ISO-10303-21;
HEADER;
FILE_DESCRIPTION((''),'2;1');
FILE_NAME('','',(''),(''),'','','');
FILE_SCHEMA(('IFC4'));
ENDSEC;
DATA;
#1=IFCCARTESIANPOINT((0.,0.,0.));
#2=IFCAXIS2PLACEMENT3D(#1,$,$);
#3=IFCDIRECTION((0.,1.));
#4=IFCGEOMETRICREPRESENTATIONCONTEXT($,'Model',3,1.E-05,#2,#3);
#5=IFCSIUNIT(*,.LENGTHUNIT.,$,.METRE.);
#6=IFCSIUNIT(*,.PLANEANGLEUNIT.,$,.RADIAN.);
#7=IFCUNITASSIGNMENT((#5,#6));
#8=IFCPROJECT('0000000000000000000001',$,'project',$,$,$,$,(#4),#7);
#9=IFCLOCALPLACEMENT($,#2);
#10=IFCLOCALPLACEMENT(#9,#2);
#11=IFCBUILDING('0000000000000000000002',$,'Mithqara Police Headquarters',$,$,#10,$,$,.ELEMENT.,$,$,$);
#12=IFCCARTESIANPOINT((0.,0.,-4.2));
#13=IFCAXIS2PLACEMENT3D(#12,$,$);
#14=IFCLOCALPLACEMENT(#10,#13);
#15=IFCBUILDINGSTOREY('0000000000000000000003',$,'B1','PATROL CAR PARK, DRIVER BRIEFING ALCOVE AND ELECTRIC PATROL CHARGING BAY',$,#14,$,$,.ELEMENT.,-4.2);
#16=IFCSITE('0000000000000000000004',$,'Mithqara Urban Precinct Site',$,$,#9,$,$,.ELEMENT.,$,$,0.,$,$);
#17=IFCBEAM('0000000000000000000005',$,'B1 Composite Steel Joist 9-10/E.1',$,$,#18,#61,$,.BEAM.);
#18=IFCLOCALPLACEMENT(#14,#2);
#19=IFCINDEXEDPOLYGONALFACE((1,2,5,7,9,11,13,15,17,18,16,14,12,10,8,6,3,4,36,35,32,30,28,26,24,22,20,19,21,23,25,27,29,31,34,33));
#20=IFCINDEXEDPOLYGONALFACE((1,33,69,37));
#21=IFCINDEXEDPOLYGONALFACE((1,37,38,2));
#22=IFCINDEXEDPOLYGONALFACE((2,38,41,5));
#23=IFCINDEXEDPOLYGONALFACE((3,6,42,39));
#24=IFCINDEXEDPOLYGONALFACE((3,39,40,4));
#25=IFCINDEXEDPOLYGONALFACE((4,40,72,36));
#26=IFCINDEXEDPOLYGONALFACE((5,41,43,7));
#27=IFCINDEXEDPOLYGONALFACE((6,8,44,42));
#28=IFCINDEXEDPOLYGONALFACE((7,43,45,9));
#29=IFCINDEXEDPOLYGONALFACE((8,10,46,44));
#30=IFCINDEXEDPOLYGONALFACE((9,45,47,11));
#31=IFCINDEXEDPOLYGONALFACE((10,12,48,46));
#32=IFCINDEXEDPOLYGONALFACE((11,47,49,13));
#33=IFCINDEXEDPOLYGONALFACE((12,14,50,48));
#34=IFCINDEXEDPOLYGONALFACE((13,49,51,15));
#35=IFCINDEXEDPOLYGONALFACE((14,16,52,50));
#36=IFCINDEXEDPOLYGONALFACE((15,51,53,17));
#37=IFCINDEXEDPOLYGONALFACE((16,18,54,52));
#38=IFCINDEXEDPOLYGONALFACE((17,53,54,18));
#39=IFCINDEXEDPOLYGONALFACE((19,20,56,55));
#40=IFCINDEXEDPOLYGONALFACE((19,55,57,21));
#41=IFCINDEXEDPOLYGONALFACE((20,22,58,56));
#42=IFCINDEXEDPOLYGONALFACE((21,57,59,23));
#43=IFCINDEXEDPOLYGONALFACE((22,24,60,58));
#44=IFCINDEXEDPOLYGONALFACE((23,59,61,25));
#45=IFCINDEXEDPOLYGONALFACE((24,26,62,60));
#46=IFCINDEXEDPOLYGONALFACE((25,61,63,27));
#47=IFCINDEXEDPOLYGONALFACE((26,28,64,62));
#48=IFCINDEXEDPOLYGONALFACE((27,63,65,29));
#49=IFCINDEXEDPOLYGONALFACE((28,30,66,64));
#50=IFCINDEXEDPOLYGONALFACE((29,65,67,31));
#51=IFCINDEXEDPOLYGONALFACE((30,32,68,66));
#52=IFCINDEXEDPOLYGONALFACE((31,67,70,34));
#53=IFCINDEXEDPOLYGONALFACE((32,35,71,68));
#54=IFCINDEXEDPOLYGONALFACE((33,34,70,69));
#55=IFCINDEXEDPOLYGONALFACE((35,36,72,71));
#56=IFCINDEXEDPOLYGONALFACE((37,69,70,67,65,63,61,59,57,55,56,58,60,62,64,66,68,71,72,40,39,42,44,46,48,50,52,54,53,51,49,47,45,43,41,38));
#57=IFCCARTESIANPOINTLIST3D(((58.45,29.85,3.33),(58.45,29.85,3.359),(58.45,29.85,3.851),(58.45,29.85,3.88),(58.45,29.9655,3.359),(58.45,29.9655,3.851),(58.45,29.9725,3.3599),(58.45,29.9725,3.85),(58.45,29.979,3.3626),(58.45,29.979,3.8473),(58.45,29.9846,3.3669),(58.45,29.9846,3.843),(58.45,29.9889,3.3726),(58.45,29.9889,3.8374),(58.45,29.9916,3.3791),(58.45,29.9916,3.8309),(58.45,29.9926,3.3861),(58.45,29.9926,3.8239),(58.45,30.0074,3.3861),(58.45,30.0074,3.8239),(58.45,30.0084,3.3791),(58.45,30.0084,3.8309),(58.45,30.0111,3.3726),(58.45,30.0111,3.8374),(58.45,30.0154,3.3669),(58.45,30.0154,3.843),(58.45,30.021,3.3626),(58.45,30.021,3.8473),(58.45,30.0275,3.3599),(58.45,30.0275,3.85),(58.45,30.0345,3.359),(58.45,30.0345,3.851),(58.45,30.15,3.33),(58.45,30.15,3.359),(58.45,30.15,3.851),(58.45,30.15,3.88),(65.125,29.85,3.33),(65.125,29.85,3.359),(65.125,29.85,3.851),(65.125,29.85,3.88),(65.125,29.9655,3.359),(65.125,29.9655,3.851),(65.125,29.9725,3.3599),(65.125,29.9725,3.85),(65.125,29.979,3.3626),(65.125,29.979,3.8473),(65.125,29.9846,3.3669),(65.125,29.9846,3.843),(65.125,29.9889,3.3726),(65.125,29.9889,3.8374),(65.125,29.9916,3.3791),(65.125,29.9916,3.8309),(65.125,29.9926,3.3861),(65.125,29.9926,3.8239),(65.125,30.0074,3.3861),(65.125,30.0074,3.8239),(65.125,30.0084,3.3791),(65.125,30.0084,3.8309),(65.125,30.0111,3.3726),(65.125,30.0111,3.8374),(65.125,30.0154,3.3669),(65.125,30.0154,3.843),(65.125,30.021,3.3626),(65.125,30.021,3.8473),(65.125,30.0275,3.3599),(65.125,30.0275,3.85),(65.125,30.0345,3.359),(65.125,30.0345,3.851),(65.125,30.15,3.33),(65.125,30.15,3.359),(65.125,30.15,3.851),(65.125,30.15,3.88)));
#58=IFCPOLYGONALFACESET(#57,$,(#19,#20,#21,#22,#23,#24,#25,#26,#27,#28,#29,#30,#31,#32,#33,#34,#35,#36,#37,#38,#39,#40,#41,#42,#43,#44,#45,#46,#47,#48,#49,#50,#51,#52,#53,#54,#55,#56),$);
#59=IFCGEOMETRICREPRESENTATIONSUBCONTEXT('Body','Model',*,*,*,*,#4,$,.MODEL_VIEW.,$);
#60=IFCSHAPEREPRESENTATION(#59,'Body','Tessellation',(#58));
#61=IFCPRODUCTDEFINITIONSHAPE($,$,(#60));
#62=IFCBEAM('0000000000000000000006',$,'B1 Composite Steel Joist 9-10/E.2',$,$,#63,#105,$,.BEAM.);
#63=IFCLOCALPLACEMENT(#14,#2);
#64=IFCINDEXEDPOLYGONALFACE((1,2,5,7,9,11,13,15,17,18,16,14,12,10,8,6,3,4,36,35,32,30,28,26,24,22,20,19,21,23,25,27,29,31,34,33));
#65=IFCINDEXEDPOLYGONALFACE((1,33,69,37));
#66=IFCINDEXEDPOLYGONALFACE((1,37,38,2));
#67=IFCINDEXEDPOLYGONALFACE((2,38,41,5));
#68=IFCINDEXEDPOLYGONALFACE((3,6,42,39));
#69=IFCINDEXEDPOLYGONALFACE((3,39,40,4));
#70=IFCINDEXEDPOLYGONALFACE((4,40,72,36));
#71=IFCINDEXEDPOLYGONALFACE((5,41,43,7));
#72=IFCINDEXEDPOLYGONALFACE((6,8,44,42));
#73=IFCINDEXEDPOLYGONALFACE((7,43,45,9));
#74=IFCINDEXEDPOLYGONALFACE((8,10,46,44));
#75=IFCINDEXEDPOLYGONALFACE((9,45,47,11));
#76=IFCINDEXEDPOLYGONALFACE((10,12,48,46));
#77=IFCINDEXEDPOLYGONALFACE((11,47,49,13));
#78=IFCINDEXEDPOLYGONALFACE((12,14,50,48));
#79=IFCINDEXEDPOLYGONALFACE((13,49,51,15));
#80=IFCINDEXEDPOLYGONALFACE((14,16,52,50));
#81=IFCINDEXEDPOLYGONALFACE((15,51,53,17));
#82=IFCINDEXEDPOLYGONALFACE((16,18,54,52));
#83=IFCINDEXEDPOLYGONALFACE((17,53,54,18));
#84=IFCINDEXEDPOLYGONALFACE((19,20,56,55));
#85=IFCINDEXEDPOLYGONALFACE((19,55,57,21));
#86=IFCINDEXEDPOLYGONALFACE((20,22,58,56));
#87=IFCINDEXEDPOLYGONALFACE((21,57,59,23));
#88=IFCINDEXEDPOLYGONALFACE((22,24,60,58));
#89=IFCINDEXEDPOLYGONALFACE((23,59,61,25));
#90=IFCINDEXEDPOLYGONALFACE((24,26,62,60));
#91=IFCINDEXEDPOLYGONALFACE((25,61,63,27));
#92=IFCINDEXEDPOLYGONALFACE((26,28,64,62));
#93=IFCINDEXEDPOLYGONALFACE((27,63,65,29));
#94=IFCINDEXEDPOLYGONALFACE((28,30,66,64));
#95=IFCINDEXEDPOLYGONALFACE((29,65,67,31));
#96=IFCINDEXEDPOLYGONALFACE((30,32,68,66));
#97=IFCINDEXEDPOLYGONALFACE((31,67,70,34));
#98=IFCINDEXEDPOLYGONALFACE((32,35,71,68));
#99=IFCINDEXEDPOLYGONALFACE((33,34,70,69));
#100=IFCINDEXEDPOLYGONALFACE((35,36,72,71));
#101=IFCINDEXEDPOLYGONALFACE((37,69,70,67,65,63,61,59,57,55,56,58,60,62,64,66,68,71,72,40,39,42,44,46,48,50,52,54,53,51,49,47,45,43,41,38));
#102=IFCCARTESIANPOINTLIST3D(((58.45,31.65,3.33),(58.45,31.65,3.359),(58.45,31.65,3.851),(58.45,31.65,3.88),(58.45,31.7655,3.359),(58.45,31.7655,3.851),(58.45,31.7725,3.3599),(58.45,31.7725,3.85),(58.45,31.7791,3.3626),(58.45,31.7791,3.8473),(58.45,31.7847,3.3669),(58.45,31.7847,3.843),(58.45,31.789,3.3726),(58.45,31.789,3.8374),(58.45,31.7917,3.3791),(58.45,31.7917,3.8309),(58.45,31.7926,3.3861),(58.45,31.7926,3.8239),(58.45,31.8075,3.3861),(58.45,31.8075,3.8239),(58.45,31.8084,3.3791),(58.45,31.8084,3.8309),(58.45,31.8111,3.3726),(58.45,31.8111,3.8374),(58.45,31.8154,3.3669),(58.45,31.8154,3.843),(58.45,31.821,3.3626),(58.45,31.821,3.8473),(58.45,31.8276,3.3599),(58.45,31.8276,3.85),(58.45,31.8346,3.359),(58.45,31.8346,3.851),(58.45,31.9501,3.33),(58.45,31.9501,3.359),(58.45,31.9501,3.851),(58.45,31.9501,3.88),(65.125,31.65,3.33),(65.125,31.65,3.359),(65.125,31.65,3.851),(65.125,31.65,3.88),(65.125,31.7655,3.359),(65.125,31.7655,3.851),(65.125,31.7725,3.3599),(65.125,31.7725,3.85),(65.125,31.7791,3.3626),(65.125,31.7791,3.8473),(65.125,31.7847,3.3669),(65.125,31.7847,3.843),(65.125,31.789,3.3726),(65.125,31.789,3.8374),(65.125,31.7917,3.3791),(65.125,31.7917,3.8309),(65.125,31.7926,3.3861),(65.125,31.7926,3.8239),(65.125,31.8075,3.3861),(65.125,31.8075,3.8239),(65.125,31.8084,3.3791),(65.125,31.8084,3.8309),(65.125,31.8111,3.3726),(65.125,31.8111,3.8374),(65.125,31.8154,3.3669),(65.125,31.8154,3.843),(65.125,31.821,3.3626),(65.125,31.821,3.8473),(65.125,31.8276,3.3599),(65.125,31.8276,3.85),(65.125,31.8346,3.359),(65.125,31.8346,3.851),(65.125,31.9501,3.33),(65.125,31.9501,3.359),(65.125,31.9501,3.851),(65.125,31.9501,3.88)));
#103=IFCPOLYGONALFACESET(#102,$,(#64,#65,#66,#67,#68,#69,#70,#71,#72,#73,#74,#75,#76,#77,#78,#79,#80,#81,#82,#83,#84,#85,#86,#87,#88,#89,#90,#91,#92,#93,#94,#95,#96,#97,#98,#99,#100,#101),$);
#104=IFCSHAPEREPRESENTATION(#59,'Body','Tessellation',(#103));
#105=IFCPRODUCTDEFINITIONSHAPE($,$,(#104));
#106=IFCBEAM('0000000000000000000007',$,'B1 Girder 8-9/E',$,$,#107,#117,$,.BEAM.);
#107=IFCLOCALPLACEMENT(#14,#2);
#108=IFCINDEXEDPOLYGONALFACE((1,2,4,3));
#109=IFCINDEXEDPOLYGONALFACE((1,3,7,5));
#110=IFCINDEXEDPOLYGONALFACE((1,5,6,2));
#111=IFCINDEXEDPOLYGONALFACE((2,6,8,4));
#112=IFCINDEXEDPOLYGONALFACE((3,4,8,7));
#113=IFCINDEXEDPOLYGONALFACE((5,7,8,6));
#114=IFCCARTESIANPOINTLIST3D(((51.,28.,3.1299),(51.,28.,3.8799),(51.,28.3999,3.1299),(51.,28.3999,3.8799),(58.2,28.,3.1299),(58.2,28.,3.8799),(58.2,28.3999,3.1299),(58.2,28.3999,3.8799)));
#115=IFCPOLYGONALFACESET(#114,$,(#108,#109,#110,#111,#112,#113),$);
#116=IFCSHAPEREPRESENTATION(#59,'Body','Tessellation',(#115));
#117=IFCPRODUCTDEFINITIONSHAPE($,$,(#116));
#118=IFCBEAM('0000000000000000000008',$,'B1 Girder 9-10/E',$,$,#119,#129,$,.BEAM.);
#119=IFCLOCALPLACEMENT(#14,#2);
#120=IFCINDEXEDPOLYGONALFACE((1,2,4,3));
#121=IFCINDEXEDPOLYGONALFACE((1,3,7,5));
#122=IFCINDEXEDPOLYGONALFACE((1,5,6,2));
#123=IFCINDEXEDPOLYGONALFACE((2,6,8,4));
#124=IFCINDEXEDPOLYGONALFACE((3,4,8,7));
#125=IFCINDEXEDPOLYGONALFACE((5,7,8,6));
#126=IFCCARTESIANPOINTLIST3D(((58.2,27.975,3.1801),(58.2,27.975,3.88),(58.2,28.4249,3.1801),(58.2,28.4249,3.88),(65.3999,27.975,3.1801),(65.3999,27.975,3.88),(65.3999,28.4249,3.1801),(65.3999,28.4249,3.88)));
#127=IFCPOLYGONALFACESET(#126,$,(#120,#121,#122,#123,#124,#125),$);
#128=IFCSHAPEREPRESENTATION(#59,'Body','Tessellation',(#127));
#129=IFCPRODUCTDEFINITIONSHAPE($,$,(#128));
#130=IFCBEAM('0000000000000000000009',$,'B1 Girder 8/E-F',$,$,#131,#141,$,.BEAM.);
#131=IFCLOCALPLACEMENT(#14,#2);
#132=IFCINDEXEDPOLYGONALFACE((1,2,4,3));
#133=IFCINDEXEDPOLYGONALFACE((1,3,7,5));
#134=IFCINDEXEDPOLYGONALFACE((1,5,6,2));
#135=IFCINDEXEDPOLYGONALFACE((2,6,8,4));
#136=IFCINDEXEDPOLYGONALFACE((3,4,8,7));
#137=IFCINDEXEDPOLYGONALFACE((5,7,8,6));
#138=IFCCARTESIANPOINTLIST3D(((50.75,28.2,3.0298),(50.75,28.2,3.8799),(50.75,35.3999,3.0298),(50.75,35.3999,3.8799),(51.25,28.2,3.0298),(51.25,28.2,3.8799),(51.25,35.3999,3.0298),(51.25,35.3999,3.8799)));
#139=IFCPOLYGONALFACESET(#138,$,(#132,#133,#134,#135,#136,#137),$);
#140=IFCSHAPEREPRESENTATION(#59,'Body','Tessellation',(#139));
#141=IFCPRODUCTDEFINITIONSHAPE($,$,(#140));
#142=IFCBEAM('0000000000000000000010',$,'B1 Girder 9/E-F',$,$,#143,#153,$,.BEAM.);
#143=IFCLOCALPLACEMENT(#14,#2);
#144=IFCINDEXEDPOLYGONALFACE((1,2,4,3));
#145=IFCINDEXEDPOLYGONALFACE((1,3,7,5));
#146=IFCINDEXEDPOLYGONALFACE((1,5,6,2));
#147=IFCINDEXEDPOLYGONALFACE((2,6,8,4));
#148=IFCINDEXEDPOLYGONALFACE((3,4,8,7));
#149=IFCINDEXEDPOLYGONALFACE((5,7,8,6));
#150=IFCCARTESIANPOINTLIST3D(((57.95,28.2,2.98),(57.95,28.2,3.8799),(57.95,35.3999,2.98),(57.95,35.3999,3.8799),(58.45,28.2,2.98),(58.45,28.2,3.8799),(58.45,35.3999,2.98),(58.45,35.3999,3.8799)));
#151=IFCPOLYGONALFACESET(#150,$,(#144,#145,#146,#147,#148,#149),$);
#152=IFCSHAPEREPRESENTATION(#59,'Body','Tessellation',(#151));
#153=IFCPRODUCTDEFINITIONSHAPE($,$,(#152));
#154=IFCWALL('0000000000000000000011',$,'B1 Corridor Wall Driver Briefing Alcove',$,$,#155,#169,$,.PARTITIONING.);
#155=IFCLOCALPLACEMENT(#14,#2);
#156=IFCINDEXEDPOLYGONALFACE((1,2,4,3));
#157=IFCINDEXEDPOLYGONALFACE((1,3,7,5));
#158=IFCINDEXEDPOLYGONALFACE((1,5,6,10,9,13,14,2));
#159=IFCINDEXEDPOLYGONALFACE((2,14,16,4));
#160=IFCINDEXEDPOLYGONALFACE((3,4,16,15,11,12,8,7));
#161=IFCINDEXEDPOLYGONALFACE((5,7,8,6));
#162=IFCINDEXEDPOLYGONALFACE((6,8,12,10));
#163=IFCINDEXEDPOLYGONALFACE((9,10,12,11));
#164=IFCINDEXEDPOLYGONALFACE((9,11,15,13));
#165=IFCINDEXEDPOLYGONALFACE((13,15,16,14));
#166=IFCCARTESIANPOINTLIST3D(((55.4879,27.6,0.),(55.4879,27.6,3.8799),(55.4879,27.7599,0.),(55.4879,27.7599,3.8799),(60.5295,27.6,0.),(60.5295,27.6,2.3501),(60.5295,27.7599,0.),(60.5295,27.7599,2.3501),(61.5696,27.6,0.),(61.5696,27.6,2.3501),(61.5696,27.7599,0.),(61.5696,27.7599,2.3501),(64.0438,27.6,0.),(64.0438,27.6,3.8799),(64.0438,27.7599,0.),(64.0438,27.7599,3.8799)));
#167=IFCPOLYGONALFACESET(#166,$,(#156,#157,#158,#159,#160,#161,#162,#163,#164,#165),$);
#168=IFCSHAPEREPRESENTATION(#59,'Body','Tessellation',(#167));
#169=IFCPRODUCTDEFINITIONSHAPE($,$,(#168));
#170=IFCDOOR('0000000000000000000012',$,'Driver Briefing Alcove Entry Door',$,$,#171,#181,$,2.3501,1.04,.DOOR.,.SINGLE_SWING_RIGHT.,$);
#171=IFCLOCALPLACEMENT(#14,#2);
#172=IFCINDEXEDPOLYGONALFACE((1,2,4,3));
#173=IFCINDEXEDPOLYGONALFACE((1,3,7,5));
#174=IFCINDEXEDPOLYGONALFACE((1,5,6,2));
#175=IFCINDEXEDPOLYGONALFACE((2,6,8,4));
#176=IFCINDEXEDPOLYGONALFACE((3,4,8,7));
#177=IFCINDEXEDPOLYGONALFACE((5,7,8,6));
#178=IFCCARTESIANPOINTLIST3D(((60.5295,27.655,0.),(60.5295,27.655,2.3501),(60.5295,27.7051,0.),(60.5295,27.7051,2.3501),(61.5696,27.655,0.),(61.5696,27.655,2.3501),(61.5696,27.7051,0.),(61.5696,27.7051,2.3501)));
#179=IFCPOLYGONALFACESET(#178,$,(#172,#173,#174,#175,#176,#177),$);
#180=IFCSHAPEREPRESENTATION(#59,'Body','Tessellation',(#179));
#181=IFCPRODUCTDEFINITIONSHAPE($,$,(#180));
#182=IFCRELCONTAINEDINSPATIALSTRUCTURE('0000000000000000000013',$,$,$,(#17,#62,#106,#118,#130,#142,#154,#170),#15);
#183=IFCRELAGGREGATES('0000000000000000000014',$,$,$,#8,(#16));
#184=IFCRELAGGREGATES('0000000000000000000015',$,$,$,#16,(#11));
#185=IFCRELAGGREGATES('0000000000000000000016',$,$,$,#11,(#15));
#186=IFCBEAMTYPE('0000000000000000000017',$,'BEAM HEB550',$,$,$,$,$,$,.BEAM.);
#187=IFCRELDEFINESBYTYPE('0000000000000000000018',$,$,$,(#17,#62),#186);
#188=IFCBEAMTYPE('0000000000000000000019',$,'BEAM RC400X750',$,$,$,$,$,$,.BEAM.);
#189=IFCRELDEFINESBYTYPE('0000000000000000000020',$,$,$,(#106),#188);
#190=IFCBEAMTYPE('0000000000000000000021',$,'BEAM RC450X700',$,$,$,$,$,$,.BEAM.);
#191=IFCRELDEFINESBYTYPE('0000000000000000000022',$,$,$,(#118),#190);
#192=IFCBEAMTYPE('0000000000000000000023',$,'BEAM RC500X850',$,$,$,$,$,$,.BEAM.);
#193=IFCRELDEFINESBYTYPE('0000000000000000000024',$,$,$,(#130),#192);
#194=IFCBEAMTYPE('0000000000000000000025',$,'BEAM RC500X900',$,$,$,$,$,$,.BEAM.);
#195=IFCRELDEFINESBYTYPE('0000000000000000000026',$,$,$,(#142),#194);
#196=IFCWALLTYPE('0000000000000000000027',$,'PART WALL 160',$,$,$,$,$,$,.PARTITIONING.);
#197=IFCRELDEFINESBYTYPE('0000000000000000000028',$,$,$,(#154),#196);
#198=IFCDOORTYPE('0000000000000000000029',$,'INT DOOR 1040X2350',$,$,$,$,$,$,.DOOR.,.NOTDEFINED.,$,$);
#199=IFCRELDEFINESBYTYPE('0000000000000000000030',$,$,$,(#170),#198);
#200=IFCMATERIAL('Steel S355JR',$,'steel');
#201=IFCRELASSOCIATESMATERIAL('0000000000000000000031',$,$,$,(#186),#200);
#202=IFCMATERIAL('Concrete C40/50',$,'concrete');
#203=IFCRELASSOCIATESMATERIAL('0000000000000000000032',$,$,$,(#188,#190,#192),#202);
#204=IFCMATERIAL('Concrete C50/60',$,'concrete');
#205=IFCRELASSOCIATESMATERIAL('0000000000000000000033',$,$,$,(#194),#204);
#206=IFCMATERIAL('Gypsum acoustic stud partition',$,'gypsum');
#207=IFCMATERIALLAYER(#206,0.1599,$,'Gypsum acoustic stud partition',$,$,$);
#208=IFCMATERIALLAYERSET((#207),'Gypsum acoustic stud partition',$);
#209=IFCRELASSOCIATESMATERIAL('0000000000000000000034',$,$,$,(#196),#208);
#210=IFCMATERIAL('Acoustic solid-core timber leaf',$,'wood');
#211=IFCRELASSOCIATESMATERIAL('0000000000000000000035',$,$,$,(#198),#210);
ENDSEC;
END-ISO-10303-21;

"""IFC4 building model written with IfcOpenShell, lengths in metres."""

from ifc_helpers import new_model, si_unit, direction, frame, frame_2d, origin, origin_2d, place, context, subcontext, project, spatial, rectangle, i_section, extrude, material, layer, layer_set, material_profile, profile_set, type_object, element, fill, save


model = new_model("IFC4")

# Units and contexts
model_context = context("Model", 3, precision=1e-05, world=origin(), true_north=direction((0.0, 1.0)))
body_context = subcontext(model_context, "Body", "Model", "MODEL_VIEW")
ifc_project = project(units=[si_unit("LENGTHUNIT", "METRE"), si_unit("PLANEANGLEUNIT", "RADIAN")], contexts=[model_context])

# Site, building, storey
site_placement = place(None, origin())
site = spatial("IfcSite", under=ifc_project, at=site_placement, Name="Mithqara Urban Precinct Site", CompositionType="ELEMENT", RefElevation=0.0)
building_placement = place(site_placement, origin())
building = spatial("IfcBuilding", under=site, at=building_placement, Name="Mithqara Police Headquarters", CompositionType="ELEMENT")
storey_placement = place(building_placement, frame((0.0, 0.0, -4.2)))
storey = spatial("IfcBuildingStorey", under=building, at=storey_placement, Name="B1", Description="PATROL CAR PARK, DRIVER BRIEFING ALCOVE AND ELECTRIC PATROL CHARGING BAY", CompositionType="ELEMENT", Elevation=-4.2)

# Shared definitions
ifc_material_1 = material(Name="Concrete C40/50", Category="concrete")

# Shared definitions
ifc_material_2 = material(Name="Concrete C50/60", Category="concrete")

# Beams
ifc_material_3 = material(Name="Steel S355JR", Category="steel")
ifc_material_profile_1 = material_profile(ifc_material_3, i_section(OverallWidth=0.3, OverallDepth=0.55, WebThickness=0.0149, FlangeThickness=0.0291, FilletRadius=0.0271, at=origin_2d()), Name="HEB 550")
ifc_profile_set_1 = profile_set([ifc_material_profile_1], Name="Steel S355JR")
beam_type_1 = type_object("IfcBeamType", Name="BEAM HEB550", PredefinedType="BEAM", material=ifc_profile_set_1)
for number, where, z_axis, x_axis, name in (
    (1, (58.45, 30.0, 3.605), (1.0, 0.0, 0.0), (0.0, 1.0, 0.0), "B1 Composite Steel Joist 9-10/E.1"),
    (2, (58.45, 31.8, 3.605), (1.0, 0.0, 0.0), (0.0, 1.0, 0.0), "B1 Composite Steel Joist 9-10/E.2"),
):
    element("IfcBeam", number, at=place(storey_placement, frame(where, z_axis=z_axis, x_axis=x_axis)), inside=storey, type_object=beam_type_1, Name=name, PredefinedType="BEAM", context=body_context, shape_type="SweptSolid", body=[
        extrude(i_section(OverallWidth=0.3, OverallDepth=0.55, WebThickness=0.0149, FlangeThickness=0.0291, FilletRadius=0.0271, at=origin_2d()), origin(), (0.0, 0.0, 1.0), 6.675),
    ])
ifc_material_profile_2 = material_profile(ifc_material_1, rectangle(XDim=0.3999, YDim=0.75, at=origin_2d()), Name="RC 400x750")
ifc_profile_set_2 = profile_set([ifc_material_profile_2], Name="Concrete C40/50")
beam_type_2 = type_object("IfcBeamType", Name="BEAM RC400X750", PredefinedType="BEAM", material=ifc_profile_set_2)
beam_1_placement = place(storey_placement, frame((51.0, 28.2, 3.5049), z_axis=(1.0, 0.0, 0.0), x_axis=(0.0, 1.0, 0.0)))
element("IfcBeam", 3, at=beam_1_placement, inside=storey, type_object=beam_type_2, Name="B1 Girder 8-9/E", PredefinedType="BEAM", context=body_context, shape_type="SweptSolid", body=[
    extrude(rectangle(XDim=0.3999, YDim=0.75, at=origin_2d()), origin(), (0.0, 0.0, 1.0), 7.2),
])
ifc_material_profile_3 = material_profile(ifc_material_1, rectangle(XDim=0.45, YDim=0.7, at=origin_2d()), Name="RC 450x700")
ifc_profile_set_3 = profile_set([ifc_material_profile_3], Name="Concrete C40/50")
beam_type_3 = type_object("IfcBeamType", Name="BEAM RC450X700", PredefinedType="BEAM", material=ifc_profile_set_3)
beam_2_placement = place(storey_placement, frame((58.2, 28.2, 3.53), z_axis=(1.0, 0.0, 0.0), x_axis=(0.0, 1.0, 0.0)))
element("IfcBeam", 4, at=beam_2_placement, inside=storey, type_object=beam_type_3, Name="B1 Girder 9-10/E", PredefinedType="BEAM", context=body_context, shape_type="SweptSolid", body=[
    extrude(rectangle(XDim=0.45, YDim=0.7, at=origin_2d()), origin(), (0.0, 0.0, 1.0), 7.2),
])
ifc_material_profile_4 = material_profile(ifc_material_1, rectangle(XDim=0.5, YDim=0.8501, at=origin_2d()), Name="RC 500x850")
ifc_profile_set_4 = profile_set([ifc_material_profile_4], Name="Concrete C40/50")
beam_type_4 = type_object("IfcBeamType", Name="BEAM RC500X850", PredefinedType="BEAM", material=ifc_profile_set_4)
beam_3_placement = place(storey_placement, frame((51.0, 28.2, 3.4548), z_axis=(0.0, 1.0, 0.0), x_axis=(-1.0, 0.0, 0.0)))
element("IfcBeam", 5, at=beam_3_placement, inside=storey, type_object=beam_type_4, Name="B1 Girder 8/E-F", PredefinedType="BEAM", context=body_context, shape_type="SweptSolid", body=[
    extrude(rectangle(XDim=0.5, YDim=0.8501, at=origin_2d()), origin(), (0.0, 0.0, 1.0), 7.2),
])
ifc_material_profile_5 = material_profile(ifc_material_2, rectangle(XDim=0.5, YDim=0.8999, at=origin_2d()), Name="RC 500x900")
ifc_profile_set_5 = profile_set([ifc_material_profile_5], Name="Concrete C50/60")
beam_type_5 = type_object("IfcBeamType", Name="BEAM RC500X900", PredefinedType="BEAM", material=ifc_profile_set_5)
beam_4_placement = place(storey_placement, frame((58.2, 28.2, 3.4299), z_axis=(0.0, 1.0, 0.0), x_axis=(-1.0, 0.0, 0.0)))
element("IfcBeam", 6, at=beam_4_placement, inside=storey, type_object=beam_type_5, Name="B1 Girder 9/E-F", PredefinedType="BEAM", context=body_context, shape_type="SweptSolid", body=[
    extrude(rectangle(XDim=0.5, YDim=0.8999, at=origin_2d()), origin(), (0.0, 0.0, 1.0), 7.2),
])

# Wall, opening, door
ifc_material_4 = material(Name="Gypsum acoustic stud partition", Category="gypsum")
ifc_layer = layer(ifc_material_4, 0.1599, Name="Gypsum acoustic stud partition")
ifc_layer_set = layer_set([ifc_layer], Name="Gypsum acoustic stud partition")
wall_type = type_object("IfcWallType", Name="PART WALL 160", PredefinedType="PARTITIONING", material=ifc_layer_set)
wall_placement = place(storey_placement, frame((55.488, 27.6799, 0.0), z_axis=(0.0, 0.0, 1.0), x_axis=(1.0, 0.0, 0.0)))
wall = element("IfcWall", 7, at=wall_placement, inside=storey, type_object=wall_type, Name="B1 Corridor Wall Driver Briefing Alcove", PredefinedType="PARTITIONING", context=body_context, shape_type="SweptSolid", body=[
    extrude(rectangle(XDim=8.5559, YDim=0.1599, at=frame_2d((4.2778, 0.0))), origin(), (0.0, 0.0, 1.0), 3.8799),
])
opening_placement = place(wall_placement, frame((5.0415, 0.0, 0.0)))
opening = element("IfcOpeningElement", 8, at=opening_placement, cuts=wall, PredefinedType="OPENING", context=body_context, shape_type="SweptSolid", body=[
    extrude(rectangle(XDim=1.04, YDim=2.3501, at=frame_2d((0.52, 1.175))), frame((0.0, 0.0898, 0.0), z_axis=(0.0, -1.0, 0.0), x_axis=(1.0, 0.0, 0.0)), (0.0, 0.0, 1.0), 0.1799),
])
ifc_material_5 = material(Name="Acoustic solid-core timber leaf", Category="wood")
door_type = type_object("IfcDoorType", Name="INT DOOR 1040X2350", OperationType="NOTDEFINED", PredefinedType="DOOR", material=ifc_material_5)
door_placement = place(opening_placement, frame((1.04, 0.0, 0.0), z_axis=(0.0, 0.0, 1.0), x_axis=(-1.0, 0.0, 0.0)))
door = element("IfcDoor", 9, at=door_placement, inside=storey, type_object=door_type, Name="Driver Briefing Alcove Entry Door", OperationType="SINGLE_SWING_RIGHT", OverallHeight=2.3501, OverallWidth=1.04, PredefinedType="DOOR", context=body_context, shape_type="SweptSolid", body=[
    extrude(rectangle(XDim=1.04, YDim=2.3501, at=frame_2d((0.52, 1.175))), frame((0.0, 0.0249, 0.0), z_axis=(0.0, -1.0, 0.0), x_axis=(1.0, 0.0, 0.0)), (0.0, 0.0, 1.0), 0.05),
])
fill(opening, door)

save(model, "model.ifc")
